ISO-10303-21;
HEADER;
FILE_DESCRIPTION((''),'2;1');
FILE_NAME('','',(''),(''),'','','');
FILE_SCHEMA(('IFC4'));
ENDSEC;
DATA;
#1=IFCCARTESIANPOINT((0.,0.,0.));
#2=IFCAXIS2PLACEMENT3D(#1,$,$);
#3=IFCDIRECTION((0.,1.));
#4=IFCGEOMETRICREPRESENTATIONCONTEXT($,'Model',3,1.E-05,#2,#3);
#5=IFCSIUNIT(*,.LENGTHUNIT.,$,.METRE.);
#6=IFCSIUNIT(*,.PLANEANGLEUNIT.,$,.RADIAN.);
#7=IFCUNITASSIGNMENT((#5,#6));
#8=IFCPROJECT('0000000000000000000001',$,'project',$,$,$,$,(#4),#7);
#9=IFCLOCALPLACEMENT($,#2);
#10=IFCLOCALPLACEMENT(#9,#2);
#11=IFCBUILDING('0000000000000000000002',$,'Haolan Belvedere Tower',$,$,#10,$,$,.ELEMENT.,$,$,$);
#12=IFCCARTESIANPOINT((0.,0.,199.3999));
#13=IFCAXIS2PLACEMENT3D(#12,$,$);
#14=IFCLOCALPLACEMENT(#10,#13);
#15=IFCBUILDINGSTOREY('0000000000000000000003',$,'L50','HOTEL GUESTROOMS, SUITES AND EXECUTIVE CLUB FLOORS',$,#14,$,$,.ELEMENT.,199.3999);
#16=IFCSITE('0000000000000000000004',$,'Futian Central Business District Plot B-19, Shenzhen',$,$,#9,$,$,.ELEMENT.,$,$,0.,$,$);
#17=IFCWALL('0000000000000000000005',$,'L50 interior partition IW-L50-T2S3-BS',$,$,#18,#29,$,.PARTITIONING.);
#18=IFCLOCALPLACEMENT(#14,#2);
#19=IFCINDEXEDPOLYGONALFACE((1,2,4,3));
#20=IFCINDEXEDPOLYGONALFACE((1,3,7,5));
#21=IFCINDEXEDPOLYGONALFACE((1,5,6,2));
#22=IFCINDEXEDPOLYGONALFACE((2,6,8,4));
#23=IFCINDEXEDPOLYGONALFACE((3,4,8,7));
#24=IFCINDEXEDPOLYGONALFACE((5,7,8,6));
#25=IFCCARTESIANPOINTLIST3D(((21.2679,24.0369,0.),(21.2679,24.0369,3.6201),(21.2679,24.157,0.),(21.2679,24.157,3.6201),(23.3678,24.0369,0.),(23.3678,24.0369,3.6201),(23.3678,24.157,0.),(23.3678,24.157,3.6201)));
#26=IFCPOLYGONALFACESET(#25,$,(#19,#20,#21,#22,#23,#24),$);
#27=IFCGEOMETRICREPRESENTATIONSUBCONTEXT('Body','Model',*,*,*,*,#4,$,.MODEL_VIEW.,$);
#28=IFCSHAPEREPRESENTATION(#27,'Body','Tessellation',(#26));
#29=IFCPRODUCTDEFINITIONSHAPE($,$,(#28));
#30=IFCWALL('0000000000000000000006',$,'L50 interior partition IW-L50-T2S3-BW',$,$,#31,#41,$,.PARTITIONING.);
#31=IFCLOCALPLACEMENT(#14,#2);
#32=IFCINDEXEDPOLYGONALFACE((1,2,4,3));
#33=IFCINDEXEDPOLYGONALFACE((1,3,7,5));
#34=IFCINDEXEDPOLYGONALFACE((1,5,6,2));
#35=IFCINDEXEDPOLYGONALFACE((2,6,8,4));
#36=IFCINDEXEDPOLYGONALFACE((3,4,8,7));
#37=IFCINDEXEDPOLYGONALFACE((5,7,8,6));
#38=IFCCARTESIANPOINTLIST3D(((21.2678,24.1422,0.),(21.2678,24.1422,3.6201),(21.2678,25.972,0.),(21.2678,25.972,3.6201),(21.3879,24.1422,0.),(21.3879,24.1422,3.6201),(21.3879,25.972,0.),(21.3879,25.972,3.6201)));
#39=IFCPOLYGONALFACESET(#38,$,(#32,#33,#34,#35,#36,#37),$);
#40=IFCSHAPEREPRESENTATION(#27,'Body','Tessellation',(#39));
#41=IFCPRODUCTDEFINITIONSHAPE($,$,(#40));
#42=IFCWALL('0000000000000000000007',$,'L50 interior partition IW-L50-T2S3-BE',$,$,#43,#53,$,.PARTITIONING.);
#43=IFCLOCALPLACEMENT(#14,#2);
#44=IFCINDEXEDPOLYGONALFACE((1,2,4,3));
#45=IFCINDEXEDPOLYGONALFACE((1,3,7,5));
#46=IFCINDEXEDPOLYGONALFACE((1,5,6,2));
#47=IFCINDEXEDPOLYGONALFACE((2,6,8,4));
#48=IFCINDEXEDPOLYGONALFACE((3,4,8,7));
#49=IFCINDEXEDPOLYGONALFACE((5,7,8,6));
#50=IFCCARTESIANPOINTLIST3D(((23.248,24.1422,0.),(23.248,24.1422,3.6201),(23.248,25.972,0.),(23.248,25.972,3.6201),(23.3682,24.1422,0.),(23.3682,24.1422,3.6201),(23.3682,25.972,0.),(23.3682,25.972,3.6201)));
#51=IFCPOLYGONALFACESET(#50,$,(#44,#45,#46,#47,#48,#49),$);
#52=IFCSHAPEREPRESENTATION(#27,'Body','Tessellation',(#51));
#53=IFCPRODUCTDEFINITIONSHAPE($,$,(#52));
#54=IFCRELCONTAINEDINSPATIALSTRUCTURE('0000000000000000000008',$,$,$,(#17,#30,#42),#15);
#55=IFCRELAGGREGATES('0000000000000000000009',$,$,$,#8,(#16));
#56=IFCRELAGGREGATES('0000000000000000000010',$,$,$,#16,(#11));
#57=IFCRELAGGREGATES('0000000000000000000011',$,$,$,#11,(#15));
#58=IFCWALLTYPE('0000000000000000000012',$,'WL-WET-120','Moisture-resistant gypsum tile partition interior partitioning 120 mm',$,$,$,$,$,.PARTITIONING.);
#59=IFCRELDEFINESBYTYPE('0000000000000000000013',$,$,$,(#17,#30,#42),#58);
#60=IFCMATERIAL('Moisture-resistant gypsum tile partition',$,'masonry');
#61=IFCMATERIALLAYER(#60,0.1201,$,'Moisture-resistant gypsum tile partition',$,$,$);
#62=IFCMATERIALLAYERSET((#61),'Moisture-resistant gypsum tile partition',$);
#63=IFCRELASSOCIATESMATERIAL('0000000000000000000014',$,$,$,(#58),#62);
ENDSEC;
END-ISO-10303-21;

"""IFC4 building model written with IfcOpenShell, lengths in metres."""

from ifc_helpers import new_model, si_unit, direction, frame, frame_2d, origin, place, context, subcontext, project, spatial, rectangle, extrude, material, layer, layer_set, type_object, element, save


model = new_model("IFC4")

# Units and contexts
model_context = context("Model", 3, precision=1e-05, world=origin(), true_north=direction((0.0, 1.0)))
body_context = subcontext(model_context, "Body", "Model", "MODEL_VIEW")
ifc_project = project(units=[si_unit("LENGTHUNIT", "METRE"), si_unit("PLANEANGLEUNIT", "RADIAN")], contexts=[model_context])

# Site, building, storey
site_placement = place(None, origin())
site = spatial("IfcSite", under=ifc_project, at=site_placement, Name="Futian Central Business District Plot B-19, Shenzhen", CompositionType="ELEMENT", RefElevation=0.0)
building_placement = place(site_placement, origin())
building = spatial("IfcBuilding", under=site, at=building_placement, Name="Haolan Belvedere Tower", CompositionType="ELEMENT")
storey_placement = place(building_placement, frame((0.0, 0.0, 199.3999)))
storey = spatial("IfcBuildingStorey", under=building, at=storey_placement, Name="L50", Description="HOTEL GUESTROOMS, SUITES AND EXECUTIVE CLUB FLOORS", CompositionType="ELEMENT", Elevation=199.3999)

# Shared definitions
ifc_material_1 = material(Name="Moisture-resistant gypsum tile partition", Category="masonry")
ifc_layer_1 = layer(ifc_material_1, 0.1201, Name="Moisture-resistant gypsum tile partition")
ifc_layer_set_1 = layer_set([ifc_layer_1], Name="Moisture-resistant gypsum tile partition")
wall_type_1 = type_object("IfcWallType", Name="WL-WET-120", Description="Moisture-resistant gypsum tile partition interior partitioning 120 mm", PredefinedType="PARTITIONING", material=ifc_layer_set_1)

# Walls
wall_1_placement = place(storey_placement, frame((21.2681, 24.0969, 0.0), z_axis=(0.0, 0.0, 1.0), x_axis=(1.0, 0.0, 0.0)))
element("IfcWall", 1, at=wall_1_placement, inside=storey, type_object=wall_type_1, Name="L50 interior partition IW-L50-T2S3-BS", PredefinedType="PARTITIONING", context=body_context, shape_type="SweptSolid", body=[
    extrude(rectangle(XDim=2.0999, YDim=0.1201, at=frame_2d((1.0498, 0.0))), origin(), (0.0, 0.0, 1.0), 3.6201),
])
for number, where, z_axis, x_axis, name in (
    (2, (21.3279, 24.1421, 0.0), (0.0, 0.0, 1.0), (0.0, 1.0, 0.0), "L50 interior partition IW-L50-T2S3-BW"),
    (3, (23.3081, 24.1421, 0.0), (0.0, 0.0, 1.0), (0.0, 1.0, 0.0), "L50 interior partition IW-L50-T2S3-BE"),
):
    element("IfcWall", number, at=place(storey_placement, frame(where, z_axis=z_axis, x_axis=x_axis)), inside=storey, type_object=wall_type_1, Name=name, PredefinedType="PARTITIONING", context=body_context, shape_type="SweptSolid", body=[
        extrude(rectangle(XDim=1.8298, YDim=0.1201, at=frame_2d((0.915, 0.0))), origin(), (0.0, 0.0, 1.0), 3.6201),
    ])

save(model, "model.ifc")
